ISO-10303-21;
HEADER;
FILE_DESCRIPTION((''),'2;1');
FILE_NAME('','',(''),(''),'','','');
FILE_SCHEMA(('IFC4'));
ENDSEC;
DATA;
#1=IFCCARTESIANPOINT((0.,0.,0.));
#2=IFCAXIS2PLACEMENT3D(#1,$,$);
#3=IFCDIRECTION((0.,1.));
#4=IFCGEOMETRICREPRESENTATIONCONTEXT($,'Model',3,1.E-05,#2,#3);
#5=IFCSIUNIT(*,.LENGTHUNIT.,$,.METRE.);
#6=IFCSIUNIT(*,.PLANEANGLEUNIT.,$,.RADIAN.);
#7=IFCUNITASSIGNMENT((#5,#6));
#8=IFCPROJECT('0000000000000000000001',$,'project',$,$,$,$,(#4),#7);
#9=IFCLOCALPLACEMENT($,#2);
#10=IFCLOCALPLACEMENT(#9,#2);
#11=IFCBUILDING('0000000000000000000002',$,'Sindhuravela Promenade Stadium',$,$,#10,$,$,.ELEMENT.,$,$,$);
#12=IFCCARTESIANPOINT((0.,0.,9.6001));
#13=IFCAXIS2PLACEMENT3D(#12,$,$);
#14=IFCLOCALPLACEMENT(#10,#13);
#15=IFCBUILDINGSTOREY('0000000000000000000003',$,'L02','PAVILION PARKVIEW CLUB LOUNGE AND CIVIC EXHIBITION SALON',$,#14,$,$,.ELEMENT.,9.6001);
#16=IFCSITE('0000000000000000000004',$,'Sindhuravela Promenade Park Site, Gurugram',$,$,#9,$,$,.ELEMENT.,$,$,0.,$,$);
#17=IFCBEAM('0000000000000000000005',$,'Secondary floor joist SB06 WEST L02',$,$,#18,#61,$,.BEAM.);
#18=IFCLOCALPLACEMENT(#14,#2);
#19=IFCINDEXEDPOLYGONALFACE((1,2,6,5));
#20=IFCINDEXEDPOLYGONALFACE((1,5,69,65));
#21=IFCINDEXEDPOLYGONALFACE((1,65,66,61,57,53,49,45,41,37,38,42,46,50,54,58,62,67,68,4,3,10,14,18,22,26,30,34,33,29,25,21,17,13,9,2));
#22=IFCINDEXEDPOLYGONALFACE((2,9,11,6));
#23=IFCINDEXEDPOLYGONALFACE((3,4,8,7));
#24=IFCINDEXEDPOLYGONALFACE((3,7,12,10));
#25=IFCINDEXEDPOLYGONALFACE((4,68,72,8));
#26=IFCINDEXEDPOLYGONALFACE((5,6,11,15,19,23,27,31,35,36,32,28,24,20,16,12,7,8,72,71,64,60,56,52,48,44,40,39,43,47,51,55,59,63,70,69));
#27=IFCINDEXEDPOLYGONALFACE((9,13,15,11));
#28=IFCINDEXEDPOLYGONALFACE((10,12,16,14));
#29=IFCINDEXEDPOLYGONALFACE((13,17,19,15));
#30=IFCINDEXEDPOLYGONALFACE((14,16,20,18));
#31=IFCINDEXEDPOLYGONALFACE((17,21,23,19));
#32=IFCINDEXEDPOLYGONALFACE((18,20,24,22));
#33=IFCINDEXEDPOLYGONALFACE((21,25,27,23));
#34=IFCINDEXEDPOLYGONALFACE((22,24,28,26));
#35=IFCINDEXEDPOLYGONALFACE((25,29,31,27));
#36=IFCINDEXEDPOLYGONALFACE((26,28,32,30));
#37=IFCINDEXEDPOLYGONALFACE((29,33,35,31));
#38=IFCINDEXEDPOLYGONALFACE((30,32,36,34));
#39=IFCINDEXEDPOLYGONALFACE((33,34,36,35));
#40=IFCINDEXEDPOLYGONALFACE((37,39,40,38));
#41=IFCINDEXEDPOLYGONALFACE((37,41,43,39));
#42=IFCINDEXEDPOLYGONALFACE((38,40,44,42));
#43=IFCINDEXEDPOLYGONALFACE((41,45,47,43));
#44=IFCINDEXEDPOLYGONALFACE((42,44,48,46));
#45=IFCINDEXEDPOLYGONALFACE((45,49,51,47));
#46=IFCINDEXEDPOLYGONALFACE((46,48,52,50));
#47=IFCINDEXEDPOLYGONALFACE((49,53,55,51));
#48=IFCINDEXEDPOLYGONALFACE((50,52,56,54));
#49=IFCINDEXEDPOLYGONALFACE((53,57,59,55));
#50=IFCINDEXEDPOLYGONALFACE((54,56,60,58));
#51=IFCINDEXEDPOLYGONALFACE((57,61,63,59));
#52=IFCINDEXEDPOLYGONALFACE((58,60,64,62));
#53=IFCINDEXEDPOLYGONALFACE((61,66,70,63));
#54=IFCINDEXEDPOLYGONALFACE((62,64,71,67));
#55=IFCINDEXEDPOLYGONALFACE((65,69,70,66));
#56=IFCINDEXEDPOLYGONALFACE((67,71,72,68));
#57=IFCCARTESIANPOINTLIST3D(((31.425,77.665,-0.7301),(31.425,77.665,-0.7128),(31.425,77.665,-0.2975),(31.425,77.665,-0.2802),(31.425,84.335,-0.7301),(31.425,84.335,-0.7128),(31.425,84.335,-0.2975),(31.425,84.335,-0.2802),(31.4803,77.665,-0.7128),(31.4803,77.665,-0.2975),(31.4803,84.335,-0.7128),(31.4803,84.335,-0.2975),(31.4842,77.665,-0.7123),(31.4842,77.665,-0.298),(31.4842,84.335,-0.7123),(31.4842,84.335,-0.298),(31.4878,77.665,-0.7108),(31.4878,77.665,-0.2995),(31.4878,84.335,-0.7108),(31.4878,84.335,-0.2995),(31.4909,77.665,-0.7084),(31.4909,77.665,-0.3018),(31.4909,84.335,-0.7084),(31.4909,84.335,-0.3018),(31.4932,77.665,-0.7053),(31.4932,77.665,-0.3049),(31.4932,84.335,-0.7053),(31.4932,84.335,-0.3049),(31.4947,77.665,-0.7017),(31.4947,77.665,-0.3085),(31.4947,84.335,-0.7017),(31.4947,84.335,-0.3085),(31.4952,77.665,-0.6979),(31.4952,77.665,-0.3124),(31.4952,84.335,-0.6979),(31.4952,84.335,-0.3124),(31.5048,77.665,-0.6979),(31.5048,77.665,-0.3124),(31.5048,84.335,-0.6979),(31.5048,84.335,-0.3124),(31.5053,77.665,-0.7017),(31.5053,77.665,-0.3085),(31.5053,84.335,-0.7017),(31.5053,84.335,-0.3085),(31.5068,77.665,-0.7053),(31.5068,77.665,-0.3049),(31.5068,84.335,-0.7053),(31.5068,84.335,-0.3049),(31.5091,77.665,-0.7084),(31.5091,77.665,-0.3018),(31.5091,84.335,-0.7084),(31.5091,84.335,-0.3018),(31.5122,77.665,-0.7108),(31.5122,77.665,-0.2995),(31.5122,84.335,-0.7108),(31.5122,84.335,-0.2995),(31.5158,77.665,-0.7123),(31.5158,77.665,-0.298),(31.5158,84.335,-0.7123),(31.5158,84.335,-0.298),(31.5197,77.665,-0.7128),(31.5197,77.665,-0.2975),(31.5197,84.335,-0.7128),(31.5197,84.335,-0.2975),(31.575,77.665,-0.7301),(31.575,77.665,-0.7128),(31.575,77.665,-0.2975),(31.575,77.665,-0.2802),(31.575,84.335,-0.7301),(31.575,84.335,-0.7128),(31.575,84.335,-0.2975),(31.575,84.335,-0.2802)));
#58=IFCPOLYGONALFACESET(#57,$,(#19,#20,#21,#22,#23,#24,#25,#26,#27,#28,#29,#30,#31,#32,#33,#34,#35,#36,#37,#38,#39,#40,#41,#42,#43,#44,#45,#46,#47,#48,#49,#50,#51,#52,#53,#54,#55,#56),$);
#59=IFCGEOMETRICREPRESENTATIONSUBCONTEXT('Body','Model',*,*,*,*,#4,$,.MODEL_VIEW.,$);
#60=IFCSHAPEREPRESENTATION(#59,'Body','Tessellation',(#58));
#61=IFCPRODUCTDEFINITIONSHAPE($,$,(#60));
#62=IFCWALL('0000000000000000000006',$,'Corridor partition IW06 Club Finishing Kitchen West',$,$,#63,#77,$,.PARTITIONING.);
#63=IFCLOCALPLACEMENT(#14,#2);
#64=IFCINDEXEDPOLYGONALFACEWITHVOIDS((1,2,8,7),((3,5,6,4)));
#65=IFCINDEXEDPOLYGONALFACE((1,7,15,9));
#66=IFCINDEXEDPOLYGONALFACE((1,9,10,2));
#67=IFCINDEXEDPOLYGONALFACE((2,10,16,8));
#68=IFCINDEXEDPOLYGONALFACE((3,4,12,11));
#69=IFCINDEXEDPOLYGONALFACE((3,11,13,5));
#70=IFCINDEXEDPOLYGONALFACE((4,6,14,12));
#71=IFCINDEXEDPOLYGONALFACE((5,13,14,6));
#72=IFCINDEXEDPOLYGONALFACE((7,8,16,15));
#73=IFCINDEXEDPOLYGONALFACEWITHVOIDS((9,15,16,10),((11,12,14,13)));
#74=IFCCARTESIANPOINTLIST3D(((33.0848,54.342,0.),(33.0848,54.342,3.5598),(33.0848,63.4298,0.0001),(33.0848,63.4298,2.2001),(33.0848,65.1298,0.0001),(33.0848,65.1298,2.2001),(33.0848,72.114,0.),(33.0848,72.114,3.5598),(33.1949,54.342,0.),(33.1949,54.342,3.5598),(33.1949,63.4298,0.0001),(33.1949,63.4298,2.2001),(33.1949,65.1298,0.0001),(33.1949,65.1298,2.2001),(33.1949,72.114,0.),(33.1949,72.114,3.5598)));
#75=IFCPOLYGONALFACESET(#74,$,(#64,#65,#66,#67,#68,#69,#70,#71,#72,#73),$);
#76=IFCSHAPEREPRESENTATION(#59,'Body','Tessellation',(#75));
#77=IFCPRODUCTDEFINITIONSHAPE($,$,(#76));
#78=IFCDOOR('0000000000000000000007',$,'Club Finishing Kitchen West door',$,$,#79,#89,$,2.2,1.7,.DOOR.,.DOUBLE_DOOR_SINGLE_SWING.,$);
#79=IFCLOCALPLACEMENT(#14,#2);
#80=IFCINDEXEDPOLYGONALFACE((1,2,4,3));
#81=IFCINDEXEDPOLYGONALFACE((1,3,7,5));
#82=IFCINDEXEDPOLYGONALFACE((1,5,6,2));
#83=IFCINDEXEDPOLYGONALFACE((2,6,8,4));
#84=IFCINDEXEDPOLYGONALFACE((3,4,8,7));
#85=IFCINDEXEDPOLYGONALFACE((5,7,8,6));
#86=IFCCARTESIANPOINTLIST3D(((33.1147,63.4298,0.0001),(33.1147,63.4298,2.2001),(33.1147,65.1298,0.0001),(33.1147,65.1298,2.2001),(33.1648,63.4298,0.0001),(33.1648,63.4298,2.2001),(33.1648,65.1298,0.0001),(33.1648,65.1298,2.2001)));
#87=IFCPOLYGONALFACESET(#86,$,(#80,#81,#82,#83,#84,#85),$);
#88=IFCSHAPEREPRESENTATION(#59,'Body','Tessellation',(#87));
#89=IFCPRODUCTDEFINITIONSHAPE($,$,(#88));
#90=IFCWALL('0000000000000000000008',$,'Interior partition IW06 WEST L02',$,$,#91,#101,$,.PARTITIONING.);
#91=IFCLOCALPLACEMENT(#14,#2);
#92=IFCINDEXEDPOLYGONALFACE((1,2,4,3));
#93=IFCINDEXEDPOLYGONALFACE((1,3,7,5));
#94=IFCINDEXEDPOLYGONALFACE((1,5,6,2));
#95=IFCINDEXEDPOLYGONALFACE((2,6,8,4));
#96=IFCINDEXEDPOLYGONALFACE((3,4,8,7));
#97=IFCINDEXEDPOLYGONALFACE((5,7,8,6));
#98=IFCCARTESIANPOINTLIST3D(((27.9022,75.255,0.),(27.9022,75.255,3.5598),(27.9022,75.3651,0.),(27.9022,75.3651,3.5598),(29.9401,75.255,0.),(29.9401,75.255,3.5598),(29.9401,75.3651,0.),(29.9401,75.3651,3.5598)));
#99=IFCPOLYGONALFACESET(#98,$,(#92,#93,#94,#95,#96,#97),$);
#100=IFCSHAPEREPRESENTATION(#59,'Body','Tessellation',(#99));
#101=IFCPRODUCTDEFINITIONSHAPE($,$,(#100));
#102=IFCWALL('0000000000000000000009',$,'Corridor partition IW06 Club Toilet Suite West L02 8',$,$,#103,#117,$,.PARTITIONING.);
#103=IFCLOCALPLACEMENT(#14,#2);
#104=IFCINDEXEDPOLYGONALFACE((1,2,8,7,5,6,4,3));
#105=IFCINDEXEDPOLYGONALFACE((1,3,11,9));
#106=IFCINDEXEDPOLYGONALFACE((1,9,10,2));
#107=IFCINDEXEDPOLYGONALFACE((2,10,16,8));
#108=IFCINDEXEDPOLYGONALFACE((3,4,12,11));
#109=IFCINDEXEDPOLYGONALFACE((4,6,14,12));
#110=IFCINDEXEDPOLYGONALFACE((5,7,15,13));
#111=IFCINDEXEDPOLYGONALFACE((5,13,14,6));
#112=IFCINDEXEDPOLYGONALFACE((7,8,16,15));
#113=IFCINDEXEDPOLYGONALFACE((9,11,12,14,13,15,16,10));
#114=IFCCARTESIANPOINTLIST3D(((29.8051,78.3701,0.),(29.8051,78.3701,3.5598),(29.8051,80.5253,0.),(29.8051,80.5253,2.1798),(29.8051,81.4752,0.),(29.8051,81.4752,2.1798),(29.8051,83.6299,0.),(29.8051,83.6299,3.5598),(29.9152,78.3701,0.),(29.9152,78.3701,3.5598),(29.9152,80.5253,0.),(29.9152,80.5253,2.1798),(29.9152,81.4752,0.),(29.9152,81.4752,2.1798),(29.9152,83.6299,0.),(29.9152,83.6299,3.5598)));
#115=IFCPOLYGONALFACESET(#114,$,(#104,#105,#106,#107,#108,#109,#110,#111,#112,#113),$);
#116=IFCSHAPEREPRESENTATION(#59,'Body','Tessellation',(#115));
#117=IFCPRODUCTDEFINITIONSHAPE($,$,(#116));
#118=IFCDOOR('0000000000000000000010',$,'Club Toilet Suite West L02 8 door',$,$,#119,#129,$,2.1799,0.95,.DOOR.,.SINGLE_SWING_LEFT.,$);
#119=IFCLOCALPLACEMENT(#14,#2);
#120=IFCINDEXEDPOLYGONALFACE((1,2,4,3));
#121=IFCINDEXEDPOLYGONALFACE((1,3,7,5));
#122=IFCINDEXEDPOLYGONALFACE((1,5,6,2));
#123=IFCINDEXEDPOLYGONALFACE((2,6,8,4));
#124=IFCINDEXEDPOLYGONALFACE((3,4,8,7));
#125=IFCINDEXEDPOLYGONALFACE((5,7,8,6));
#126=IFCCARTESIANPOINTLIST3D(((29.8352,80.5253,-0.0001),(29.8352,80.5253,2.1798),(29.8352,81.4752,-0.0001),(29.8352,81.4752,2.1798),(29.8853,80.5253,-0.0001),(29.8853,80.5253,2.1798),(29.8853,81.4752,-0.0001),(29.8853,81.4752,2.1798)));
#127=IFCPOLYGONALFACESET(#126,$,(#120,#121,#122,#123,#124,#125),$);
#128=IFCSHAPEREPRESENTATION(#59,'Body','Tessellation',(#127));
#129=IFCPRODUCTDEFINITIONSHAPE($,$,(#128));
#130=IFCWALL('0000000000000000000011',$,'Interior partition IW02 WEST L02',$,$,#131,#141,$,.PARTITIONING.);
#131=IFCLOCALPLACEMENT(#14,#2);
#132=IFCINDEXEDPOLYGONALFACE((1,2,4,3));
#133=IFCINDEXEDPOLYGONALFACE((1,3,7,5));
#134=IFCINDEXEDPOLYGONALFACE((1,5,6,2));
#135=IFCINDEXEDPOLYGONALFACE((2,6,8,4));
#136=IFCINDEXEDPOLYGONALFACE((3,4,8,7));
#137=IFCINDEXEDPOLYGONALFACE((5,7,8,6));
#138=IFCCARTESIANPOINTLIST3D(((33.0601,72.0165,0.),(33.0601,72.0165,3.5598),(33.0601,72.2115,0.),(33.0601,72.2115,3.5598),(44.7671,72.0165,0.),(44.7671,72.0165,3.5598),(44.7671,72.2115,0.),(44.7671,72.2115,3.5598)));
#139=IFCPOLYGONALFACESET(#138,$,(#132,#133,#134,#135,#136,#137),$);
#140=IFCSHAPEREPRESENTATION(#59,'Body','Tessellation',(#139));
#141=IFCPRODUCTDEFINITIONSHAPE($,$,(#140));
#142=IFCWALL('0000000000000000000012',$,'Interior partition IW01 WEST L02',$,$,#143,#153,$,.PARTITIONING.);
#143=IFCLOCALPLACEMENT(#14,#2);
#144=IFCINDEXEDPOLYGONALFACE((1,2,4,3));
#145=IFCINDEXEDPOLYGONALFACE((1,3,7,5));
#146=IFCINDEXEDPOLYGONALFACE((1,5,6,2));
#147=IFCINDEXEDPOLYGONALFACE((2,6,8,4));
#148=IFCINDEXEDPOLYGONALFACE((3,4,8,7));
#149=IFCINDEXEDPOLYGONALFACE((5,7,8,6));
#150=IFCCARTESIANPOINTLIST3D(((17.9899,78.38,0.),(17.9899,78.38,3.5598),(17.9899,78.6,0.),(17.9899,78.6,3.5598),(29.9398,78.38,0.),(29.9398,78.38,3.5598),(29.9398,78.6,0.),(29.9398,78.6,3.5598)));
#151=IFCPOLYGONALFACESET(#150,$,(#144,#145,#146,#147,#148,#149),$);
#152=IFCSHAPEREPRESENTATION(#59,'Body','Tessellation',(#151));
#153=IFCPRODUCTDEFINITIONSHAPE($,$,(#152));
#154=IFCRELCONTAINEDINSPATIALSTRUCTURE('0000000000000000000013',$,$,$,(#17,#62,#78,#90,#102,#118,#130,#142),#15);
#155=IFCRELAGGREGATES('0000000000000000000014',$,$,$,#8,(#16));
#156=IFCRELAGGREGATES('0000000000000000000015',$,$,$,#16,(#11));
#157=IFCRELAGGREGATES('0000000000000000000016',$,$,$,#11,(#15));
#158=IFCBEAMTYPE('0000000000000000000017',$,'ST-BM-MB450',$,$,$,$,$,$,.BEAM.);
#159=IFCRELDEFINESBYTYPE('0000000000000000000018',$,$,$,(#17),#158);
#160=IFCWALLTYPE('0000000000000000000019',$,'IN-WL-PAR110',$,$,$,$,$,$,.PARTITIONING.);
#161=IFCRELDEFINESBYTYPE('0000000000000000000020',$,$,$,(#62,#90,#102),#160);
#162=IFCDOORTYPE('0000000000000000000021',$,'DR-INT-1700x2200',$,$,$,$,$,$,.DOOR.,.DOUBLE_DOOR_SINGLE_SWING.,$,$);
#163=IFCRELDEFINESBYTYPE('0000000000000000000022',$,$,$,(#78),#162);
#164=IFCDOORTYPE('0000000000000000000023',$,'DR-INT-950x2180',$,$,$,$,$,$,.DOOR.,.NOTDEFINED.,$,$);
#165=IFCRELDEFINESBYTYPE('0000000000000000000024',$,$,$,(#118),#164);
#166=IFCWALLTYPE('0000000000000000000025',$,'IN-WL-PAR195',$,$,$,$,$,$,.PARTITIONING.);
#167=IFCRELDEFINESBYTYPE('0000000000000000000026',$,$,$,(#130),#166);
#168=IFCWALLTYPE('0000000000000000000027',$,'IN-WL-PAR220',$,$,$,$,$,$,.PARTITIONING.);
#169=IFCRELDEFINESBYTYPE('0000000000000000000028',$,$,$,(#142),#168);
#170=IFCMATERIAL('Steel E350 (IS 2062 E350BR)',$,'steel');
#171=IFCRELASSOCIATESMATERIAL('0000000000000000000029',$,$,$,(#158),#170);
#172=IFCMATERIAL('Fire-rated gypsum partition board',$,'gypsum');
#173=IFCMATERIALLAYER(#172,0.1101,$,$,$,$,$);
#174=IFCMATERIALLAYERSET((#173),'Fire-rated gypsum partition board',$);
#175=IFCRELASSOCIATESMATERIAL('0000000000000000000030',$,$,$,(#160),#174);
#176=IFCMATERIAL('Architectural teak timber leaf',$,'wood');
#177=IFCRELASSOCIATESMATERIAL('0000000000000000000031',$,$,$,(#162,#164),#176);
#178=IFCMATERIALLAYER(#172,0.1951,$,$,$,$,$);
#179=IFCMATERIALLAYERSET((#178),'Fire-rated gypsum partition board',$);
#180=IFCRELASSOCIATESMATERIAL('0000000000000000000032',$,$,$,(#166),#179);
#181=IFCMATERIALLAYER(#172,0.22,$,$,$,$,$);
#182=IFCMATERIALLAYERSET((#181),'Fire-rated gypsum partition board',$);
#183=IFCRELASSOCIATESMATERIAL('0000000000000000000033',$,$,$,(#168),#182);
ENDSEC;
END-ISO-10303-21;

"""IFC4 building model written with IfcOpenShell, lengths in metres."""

from ifc_helpers import new_model, si_unit, direction, frame, frame_2d, origin, origin_2d, place, context, subcontext, project, spatial, rectangle, i_section, extrude, material, layer, layer_set, material_profile, profile_set, type_object, element, fill, save


model = new_model("IFC4")

# Units and contexts
model_context = context("Model", 3, precision=1e-05, world=origin(), true_north=direction((0.0, 1.0)))
body_context = subcontext(model_context, "Body", "Model", "MODEL_VIEW")
ifc_project = project(units=[si_unit("LENGTHUNIT", "METRE"), si_unit("PLANEANGLEUNIT", "RADIAN")], contexts=[model_context])

# Site, building, storey
site_placement = place(None, origin())
site = spatial("IfcSite", under=ifc_project, at=site_placement, Name="Sindhuravela Promenade Park Site, Gurugram", CompositionType="ELEMENT", RefElevation=0.0)
building_placement = place(site_placement, origin())
building = spatial("IfcBuilding", under=site, at=building_placement, Name="Sindhuravela Promenade Stadium", CompositionType="ELEMENT")
storey_placement = place(building_placement, frame((0.0, 0.0, 9.6001)))
storey = spatial("IfcBuildingStorey", under=building, at=storey_placement, Name="L02", Description="PAVILION PARKVIEW CLUB LOUNGE AND CIVIC EXHIBITION SALON", CompositionType="ELEMENT", Elevation=9.6001)

# Beam
ifc_material_1 = material(Name="Steel E350 (IS 2062 E350BR)", Category="steel")
ifc_material_profile_1 = material_profile(ifc_material_1, i_section(OverallWidth=0.1499, OverallDepth=0.45, WebThickness=0.0095, FlangeThickness=0.0173, FilletRadius=0.0149, at=origin_2d()), Name="ISMB 450")
ifc_profile_set_1 = profile_set([ifc_material_profile_1], Name="Steel E350 (IS 2062 E350BR)")
beam_type_1 = type_object("IfcBeamType", Name="ST-BM-MB450", PredefinedType="BEAM", material=ifc_profile_set_1)
beam_1_placement = place(storey_placement, frame((31.5, 77.665, -0.5051), z_axis=(0.0, 1.0, 0.0), x_axis=(-1.0, 0.0, 0.0)))
element("IfcBeam", 1, at=beam_1_placement, inside=storey, type_object=beam_type_1, Name="Secondary floor joist SB06 WEST L02", PredefinedType="BEAM", context=body_context, shape_type="SweptSolid", body=[
    extrude(i_section(OverallWidth=0.1499, OverallDepth=0.45, WebThickness=0.0095, FlangeThickness=0.0173, FilletRadius=0.0149, at=origin_2d()), origin(), (0.0, 0.0, 1.0), 6.6699),
])

# Wall, opening, door
ifc_material_2 = material(Name="Fire-rated gypsum partition board", Category="gypsum")
ifc_layer_1 = layer(ifc_material_2, 0.1101)
ifc_layer_set_1 = layer_set([ifc_layer_1], Name="Fire-rated gypsum partition board")
wall_type_1 = type_object("IfcWallType", Name="IN-WL-PAR110", PredefinedType="PARTITIONING", material=ifc_layer_set_1)
wall_1_placement = place(storey_placement, frame((33.1399, 72.114, 0.0), z_axis=(0.0, 0.0, 1.0), x_axis=(0.0, -1.0, 0.0)))
wall_1 = element("IfcWall", 2, at=wall_1_placement, inside=storey, type_object=wall_type_1, Name="Corridor partition IW06 Club Finishing Kitchen West", PredefinedType="PARTITIONING", context=body_context, shape_type="SweptSolid", body=[
    extrude(rectangle(XDim=17.772, YDim=0.1101, at=frame_2d((8.886, 0.0))), origin(), (0.0, 0.0, 1.0), 3.5598),
])
opening_1_placement = place(wall_1_placement, frame((6.9841, 0.0, 0.0)))
opening_1 = element("IfcOpeningElement", 3, at=opening_1_placement, cuts=wall_1, PredefinedType="OPENING", context=body_context, shape_type="SweptSolid", body=[
    extrude(rectangle(XDim=1.7, YDim=2.2, at=frame_2d((0.8501, 1.1001))), frame((0.0, 0.0649, 0.0), z_axis=(0.0, -1.0, 0.0), x_axis=(1.0, 0.0, 0.0)), (0.0, 0.0, 1.0), 0.1301),
])
ifc_material_3 = material(Name="Architectural teak timber leaf", Category="wood")
door_type_1 = type_object("IfcDoorType", Name="DR-INT-1700x2200", OperationType="DOUBLE_DOOR_SINGLE_SWING", PredefinedType="DOOR", material=ifc_material_3)
door_1_placement = place(opening_1_placement, origin())
door_1 = element("IfcDoor", 4, at=door_1_placement, inside=storey, type_object=door_type_1, Name="Club Finishing Kitchen West door", OperationType="DOUBLE_DOOR_SINGLE_SWING", OverallHeight=2.2, OverallWidth=1.7, PredefinedType="DOOR", context=body_context, shape_type="SweptSolid", body=[
    extrude(rectangle(XDim=1.7, YDim=2.2, at=frame_2d((0.8501, 1.1001))), frame((0.0, 0.0249, 0.0), z_axis=(0.0, -1.0, 0.0), x_axis=(1.0, 0.0, 0.0)), (0.0, 0.0, 1.0), 0.05),
])
fill(opening_1, door_1)

# Wall
wall_2_placement = place(storey_placement, frame((27.9021, 75.3101, 0.0), z_axis=(0.0, 0.0, 1.0), x_axis=(1.0, 0.0, 0.0)))
element("IfcWall", 5, at=wall_2_placement, inside=storey, type_object=wall_type_1, Name="Interior partition IW06 WEST L02", PredefinedType="PARTITIONING", context=body_context, shape_type="SweptSolid", body=[
    extrude(rectangle(XDim=2.0378, YDim=0.1101, at=frame_2d((1.019, 0.0))), origin(), (0.0, 0.0, 1.0), 3.5598),
])

# Wall, opening, door
wall_3_placement = place(storey_placement, frame((29.8601, 78.3701, 0.0), z_axis=(0.0, 0.0, 1.0), x_axis=(0.0, 1.0, 0.0)))
wall_3 = element("IfcWall", 6, at=wall_3_placement, inside=storey, type_object=wall_type_1, Name="Corridor partition IW06 Club Toilet Suite West L02 8", PredefinedType="PARTITIONING", context=body_context, shape_type="SweptSolid", body=[
    extrude(rectangle(XDim=5.2598, YDim=0.1101, at=frame_2d((2.6299, 0.0))), origin(), (0.0, 0.0, 1.0), 3.5598),
])
opening_2_placement = place(wall_3_placement, frame((2.155, 0.0, 0.0)))
opening_2 = element("IfcOpeningElement", 7, at=opening_2_placement, cuts=wall_3, PredefinedType="OPENING", context=body_context, shape_type="SweptSolid", body=[
    extrude(rectangle(XDim=0.95, YDim=2.1799, at=frame_2d((0.4751, 1.0898))), frame((0.0, 0.0649, 0.0), z_axis=(0.0, -1.0, 0.0), x_axis=(1.0, 0.0, 0.0)), (0.0, 0.0, 1.0), 0.1301),
])
door_type_2 = type_object("IfcDoorType", Name="DR-INT-950x2180", OperationType="NOTDEFINED", PredefinedType="DOOR", material=ifc_material_3)
door_2_placement = place(opening_2_placement, origin())
door_2 = element("IfcDoor", 8, at=door_2_placement, inside=storey, type_object=door_type_2, Name="Club Toilet Suite West L02 8 door", OperationType="SINGLE_SWING_LEFT", OverallHeight=2.1799, OverallWidth=0.95, PredefinedType="DOOR", context=body_context, shape_type="SweptSolid", body=[
    extrude(rectangle(XDim=0.95, YDim=2.1799, at=frame_2d((0.4751, 1.0898))), frame((0.0, 0.0249, 0.0), z_axis=(0.0, -1.0, 0.0), x_axis=(1.0, 0.0, 0.0)), (0.0, 0.0, 1.0), 0.05),
])
fill(opening_2, door_2)

# Walls
ifc_layer_2 = layer(ifc_material_2, 0.1951)
ifc_layer_set_2 = layer_set([ifc_layer_2], Name="Fire-rated gypsum partition board")
wall_type_2 = type_object("IfcWallType", Name="IN-WL-PAR195", PredefinedType="PARTITIONING", material=ifc_layer_set_2)
wall_4_placement = place(storey_placement, frame((33.0601, 72.114, 0.0), z_axis=(0.0, 0.0, 1.0), x_axis=(1.0, 0.0, 0.0)))
element("IfcWall", 9, at=wall_4_placement, inside=storey, type_object=wall_type_2, Name="Interior partition IW02 WEST L02", PredefinedType="PARTITIONING", context=body_context, shape_type="SweptSolid", body=[
    extrude(rectangle(XDim=11.707, YDim=0.1951, at=frame_2d((5.8535, 0.0))), origin(), (0.0, 0.0, 1.0), 3.5598),
])
ifc_layer_3 = layer(ifc_material_2, 0.22)
ifc_layer_set_3 = layer_set([ifc_layer_3], Name="Fire-rated gypsum partition board")
wall_type_3 = type_object("IfcWallType", Name="IN-WL-PAR220", PredefinedType="PARTITIONING", material=ifc_layer_set_3)
wall_5_placement = place(storey_placement, frame((29.9399, 78.49, 0.0), z_axis=(0.0, 0.0, 1.0), x_axis=(-1.0, 0.0, 0.0)))
element("IfcWall", 10, at=wall_5_placement, inside=storey, type_object=wall_type_3, Name="Interior partition IW01 WEST L02", PredefinedType="PARTITIONING", context=body_context, shape_type="SweptSolid", body=[
    extrude(rectangle(XDim=11.95, YDim=0.22, at=frame_2d((5.9751, 0.0))), origin(), (0.0, 0.0, 1.0), 3.5598),
])

save(model, "model.ifc")
